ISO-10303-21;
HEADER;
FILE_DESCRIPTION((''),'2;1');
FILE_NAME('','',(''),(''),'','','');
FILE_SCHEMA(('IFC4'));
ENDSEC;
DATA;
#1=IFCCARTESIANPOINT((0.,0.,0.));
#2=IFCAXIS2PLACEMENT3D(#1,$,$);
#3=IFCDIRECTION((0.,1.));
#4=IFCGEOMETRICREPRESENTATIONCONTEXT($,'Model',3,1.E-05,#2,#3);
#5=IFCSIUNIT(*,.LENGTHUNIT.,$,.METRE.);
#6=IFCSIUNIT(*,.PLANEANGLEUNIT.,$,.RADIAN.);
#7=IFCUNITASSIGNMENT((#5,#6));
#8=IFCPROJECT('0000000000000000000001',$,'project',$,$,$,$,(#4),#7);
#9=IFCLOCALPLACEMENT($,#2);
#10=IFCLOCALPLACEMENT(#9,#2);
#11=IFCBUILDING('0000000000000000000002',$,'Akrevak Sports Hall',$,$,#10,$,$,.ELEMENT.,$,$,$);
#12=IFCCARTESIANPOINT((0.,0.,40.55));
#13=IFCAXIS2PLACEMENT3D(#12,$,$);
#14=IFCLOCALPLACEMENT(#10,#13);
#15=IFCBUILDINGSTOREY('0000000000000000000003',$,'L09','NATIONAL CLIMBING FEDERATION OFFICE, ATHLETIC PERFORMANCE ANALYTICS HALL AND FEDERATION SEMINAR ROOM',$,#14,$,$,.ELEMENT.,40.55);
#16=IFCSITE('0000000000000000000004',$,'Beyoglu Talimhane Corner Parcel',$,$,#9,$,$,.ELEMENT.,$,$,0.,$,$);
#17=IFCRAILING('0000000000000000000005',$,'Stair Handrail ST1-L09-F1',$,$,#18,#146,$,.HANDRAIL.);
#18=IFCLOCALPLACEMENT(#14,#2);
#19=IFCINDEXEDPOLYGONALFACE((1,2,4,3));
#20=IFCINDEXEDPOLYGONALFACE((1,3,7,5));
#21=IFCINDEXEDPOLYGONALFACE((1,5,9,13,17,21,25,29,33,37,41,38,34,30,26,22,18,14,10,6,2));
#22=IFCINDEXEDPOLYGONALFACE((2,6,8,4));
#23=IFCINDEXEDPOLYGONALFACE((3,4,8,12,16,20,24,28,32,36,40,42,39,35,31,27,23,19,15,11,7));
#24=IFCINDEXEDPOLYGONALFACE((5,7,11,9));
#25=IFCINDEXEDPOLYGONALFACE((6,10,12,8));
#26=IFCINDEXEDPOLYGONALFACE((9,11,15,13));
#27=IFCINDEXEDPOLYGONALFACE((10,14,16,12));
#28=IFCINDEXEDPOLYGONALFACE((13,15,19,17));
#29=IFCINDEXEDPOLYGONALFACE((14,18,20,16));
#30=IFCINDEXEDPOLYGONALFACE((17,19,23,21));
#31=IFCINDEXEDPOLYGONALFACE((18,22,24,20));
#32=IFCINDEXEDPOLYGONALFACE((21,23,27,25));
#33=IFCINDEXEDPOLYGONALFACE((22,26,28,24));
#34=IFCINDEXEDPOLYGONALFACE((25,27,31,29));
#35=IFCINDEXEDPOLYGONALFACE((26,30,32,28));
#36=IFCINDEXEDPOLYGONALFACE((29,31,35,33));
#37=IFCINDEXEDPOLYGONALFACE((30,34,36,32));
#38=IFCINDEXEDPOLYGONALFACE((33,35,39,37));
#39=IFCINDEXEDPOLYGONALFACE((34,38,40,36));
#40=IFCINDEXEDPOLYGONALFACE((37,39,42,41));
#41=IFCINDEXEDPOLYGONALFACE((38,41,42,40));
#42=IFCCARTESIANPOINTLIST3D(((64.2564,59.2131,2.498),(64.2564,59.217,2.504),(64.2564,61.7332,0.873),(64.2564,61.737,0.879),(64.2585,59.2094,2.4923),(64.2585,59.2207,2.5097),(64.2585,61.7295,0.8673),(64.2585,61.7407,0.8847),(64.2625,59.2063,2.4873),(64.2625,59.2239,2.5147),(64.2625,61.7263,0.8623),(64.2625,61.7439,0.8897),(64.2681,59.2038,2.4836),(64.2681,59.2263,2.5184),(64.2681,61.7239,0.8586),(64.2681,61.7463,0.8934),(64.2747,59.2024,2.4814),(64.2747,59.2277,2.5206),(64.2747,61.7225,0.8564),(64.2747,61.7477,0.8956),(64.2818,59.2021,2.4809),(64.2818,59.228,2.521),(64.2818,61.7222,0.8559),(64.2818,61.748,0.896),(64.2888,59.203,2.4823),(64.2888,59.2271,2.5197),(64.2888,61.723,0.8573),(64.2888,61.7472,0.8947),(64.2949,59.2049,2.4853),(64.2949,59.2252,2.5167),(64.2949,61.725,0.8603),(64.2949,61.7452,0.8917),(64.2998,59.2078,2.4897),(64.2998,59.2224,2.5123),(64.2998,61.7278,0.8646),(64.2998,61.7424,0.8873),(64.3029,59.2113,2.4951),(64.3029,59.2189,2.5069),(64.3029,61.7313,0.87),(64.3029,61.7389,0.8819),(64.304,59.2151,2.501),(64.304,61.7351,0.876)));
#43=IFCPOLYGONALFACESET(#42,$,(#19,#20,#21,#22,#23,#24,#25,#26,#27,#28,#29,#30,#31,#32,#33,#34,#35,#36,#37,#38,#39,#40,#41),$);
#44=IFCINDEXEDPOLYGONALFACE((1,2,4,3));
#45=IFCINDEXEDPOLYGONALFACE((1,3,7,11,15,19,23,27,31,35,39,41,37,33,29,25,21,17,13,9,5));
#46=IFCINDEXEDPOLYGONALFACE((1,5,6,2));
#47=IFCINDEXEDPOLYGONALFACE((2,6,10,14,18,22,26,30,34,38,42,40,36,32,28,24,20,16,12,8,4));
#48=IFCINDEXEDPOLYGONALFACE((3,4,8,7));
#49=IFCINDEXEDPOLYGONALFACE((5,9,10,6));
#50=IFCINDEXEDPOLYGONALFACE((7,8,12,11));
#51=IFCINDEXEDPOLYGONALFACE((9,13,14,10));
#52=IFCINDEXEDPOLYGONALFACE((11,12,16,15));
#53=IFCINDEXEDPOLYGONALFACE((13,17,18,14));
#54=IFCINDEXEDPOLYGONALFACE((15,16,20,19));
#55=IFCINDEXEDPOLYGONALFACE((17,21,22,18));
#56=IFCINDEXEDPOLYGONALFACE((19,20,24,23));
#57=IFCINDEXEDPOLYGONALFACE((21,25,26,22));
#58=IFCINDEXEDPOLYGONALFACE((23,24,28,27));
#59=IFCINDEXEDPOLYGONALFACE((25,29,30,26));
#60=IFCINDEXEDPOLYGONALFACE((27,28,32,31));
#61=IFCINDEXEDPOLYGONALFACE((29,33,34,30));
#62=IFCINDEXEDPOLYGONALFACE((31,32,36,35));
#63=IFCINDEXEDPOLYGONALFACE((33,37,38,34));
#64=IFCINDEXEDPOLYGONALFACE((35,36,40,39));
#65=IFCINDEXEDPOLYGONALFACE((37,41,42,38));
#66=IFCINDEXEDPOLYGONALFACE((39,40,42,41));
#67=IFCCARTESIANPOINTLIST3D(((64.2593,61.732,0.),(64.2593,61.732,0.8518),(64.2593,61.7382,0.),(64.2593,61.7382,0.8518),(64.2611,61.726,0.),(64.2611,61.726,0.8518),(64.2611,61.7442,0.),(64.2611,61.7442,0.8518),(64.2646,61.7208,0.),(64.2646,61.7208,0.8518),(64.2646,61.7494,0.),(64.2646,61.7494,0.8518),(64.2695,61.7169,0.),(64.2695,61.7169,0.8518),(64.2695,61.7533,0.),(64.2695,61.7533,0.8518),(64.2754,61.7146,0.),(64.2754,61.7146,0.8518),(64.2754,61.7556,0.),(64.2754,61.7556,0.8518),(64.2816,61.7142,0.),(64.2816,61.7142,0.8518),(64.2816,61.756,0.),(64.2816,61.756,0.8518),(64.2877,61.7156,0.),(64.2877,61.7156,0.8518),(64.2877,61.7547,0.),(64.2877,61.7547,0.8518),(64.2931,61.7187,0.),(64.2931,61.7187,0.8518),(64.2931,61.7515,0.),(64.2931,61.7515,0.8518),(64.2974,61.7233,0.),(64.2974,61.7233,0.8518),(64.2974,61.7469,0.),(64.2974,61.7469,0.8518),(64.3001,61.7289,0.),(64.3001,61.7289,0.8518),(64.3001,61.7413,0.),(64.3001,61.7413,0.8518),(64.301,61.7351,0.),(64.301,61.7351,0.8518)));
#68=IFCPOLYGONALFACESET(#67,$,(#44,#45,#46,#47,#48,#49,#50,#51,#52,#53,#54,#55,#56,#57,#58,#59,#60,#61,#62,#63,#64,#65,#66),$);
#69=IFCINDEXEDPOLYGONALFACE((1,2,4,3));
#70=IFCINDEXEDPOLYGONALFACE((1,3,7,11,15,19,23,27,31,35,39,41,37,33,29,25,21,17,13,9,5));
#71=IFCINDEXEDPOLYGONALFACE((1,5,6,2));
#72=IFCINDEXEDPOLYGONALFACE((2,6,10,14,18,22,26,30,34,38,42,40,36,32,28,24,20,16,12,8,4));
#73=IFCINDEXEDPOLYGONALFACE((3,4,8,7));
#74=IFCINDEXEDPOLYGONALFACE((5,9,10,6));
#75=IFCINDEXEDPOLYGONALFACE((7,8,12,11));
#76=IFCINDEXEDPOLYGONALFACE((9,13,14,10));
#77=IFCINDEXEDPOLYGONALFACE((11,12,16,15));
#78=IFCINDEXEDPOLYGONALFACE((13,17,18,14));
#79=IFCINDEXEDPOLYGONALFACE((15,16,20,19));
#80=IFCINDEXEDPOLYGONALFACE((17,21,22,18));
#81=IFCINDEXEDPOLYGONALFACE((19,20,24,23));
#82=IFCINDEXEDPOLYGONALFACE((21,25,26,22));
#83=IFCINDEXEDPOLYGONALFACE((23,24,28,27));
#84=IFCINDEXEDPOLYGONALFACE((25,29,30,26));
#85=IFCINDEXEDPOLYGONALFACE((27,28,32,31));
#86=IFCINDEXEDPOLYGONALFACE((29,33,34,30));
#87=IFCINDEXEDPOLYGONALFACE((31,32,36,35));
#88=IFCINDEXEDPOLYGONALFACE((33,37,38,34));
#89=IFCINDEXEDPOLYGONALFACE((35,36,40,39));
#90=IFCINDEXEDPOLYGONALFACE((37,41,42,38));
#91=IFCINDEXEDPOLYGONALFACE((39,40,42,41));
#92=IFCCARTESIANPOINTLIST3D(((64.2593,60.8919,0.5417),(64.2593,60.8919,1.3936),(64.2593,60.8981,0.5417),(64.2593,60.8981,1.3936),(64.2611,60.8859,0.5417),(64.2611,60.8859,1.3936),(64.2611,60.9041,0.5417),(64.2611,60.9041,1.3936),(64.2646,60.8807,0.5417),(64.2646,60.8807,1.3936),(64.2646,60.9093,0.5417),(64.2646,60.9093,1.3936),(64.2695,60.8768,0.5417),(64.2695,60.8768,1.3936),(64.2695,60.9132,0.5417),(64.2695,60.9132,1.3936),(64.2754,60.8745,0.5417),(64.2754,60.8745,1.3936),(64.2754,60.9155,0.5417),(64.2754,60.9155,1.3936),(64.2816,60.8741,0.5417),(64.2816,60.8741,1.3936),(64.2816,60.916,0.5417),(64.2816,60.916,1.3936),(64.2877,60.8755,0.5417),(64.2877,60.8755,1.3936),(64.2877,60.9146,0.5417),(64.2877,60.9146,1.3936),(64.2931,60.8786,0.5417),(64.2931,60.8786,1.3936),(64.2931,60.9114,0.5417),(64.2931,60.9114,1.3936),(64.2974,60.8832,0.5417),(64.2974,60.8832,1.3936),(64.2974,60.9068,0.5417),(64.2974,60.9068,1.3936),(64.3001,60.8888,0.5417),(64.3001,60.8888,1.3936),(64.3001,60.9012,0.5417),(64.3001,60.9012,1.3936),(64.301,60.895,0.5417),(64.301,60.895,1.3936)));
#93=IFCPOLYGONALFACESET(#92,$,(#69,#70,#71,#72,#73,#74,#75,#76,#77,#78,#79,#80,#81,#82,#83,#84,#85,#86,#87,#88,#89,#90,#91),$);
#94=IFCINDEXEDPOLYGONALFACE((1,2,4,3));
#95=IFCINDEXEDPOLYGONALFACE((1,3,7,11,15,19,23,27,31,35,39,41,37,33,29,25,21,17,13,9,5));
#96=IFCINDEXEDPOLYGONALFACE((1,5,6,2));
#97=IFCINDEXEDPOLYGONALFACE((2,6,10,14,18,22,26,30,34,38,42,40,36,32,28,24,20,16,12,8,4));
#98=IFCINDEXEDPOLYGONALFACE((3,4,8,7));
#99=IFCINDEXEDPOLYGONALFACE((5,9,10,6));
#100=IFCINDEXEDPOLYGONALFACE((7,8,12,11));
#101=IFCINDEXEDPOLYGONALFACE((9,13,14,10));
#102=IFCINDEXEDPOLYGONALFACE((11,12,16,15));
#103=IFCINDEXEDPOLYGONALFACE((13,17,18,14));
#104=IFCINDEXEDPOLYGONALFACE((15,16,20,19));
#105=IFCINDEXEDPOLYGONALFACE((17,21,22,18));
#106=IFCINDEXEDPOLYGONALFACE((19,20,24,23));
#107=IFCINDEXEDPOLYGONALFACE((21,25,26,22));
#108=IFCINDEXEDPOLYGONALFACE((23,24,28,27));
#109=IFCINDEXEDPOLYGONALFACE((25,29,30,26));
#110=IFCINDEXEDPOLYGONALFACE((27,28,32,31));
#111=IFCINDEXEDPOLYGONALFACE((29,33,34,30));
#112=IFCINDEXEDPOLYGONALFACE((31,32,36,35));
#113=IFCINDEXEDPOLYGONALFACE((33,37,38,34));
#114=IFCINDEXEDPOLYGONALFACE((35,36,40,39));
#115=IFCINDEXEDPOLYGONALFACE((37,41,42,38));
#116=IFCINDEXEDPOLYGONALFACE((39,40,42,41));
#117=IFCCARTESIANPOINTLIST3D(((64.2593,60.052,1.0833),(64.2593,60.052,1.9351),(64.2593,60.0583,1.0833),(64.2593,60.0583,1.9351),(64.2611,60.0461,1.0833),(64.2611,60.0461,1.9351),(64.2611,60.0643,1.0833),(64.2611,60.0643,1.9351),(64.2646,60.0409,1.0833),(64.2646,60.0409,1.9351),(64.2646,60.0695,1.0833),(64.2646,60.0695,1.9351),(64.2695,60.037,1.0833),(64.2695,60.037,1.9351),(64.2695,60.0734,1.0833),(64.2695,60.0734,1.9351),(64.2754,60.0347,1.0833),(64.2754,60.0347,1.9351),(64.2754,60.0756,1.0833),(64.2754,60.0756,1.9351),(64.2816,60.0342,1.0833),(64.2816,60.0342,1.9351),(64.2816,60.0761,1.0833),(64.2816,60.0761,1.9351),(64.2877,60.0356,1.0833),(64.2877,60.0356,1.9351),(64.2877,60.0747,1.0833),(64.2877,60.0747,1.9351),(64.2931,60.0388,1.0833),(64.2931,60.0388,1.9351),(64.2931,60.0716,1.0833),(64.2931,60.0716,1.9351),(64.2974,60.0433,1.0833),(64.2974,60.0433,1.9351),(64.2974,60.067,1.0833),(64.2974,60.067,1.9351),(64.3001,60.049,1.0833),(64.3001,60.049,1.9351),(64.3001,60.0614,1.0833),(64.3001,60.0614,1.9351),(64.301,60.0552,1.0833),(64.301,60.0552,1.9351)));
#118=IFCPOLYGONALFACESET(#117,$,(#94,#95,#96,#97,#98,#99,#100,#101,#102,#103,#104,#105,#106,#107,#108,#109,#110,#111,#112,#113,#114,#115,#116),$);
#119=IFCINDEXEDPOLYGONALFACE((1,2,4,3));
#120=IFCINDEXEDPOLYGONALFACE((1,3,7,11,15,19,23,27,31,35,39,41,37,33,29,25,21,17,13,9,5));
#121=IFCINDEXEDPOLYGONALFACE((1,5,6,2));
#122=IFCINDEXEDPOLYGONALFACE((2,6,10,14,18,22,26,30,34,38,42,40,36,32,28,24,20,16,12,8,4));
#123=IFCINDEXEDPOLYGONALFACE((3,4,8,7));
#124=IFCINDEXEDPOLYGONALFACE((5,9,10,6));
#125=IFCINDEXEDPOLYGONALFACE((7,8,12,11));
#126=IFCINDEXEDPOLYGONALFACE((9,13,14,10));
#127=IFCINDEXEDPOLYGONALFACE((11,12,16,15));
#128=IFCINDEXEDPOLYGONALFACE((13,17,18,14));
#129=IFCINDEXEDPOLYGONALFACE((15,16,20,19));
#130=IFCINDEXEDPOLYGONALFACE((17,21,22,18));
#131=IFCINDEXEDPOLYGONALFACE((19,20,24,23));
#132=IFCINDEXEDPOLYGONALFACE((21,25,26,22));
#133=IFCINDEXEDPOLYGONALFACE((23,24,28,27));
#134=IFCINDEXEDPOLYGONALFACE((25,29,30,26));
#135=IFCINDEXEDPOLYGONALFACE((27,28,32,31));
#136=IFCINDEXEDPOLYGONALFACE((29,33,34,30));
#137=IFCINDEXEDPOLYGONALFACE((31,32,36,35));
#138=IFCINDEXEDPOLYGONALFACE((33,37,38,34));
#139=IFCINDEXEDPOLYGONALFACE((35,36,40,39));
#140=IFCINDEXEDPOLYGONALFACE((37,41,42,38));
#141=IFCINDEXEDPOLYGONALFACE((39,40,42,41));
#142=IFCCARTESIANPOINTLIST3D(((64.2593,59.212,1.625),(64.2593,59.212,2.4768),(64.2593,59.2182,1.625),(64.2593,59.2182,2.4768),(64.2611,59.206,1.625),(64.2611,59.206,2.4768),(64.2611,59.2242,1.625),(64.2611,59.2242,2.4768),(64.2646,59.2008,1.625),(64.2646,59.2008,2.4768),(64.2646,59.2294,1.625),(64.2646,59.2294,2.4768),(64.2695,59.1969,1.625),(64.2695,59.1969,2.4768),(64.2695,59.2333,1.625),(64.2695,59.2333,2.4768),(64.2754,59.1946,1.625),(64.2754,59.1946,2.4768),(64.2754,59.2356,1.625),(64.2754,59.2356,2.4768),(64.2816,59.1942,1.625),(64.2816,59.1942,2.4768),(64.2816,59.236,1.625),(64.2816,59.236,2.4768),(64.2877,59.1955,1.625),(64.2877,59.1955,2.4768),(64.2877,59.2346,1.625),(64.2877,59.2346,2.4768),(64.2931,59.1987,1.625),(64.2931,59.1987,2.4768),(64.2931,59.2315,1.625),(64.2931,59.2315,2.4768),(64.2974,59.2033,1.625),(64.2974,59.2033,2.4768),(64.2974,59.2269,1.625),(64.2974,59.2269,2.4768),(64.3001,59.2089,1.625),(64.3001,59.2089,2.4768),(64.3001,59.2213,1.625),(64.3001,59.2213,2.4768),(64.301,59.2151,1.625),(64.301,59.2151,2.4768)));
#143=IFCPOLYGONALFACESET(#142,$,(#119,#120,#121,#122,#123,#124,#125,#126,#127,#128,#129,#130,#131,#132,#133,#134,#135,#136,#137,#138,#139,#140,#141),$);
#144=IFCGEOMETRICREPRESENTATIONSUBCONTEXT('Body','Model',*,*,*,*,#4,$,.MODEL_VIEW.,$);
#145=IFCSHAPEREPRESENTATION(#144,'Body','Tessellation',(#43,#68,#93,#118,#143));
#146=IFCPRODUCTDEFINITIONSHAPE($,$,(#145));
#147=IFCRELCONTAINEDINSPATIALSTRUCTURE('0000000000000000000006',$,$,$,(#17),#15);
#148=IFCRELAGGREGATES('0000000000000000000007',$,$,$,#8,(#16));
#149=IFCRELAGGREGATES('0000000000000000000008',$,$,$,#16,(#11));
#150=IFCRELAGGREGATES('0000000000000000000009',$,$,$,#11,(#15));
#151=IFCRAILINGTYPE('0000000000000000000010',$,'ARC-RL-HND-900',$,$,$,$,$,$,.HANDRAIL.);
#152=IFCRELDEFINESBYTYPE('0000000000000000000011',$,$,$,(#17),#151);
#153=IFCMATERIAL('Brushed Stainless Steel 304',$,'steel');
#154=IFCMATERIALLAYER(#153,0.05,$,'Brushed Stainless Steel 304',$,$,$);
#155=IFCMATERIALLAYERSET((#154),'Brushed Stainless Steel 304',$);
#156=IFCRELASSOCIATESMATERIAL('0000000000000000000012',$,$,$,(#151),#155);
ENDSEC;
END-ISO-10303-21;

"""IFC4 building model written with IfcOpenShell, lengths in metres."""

from ifc_helpers import new_model, si_unit, direction, frame, origin, origin_2d, place, context, subcontext, project, spatial, circle, extrude, material, layer, layer_set, type_object, element, save


model = new_model("IFC4")

# Units and contexts
model_context = context("Model", 3, precision=1e-05, world=origin(), true_north=direction((0.0, 1.0)))
body_context = subcontext(model_context, "Body", "Model", "MODEL_VIEW")
ifc_project = project(units=[si_unit("LENGTHUNIT", "METRE"), si_unit("PLANEANGLEUNIT", "RADIAN")], contexts=[model_context])

# Site, building, storey
site_placement = place(None, origin())
site = spatial("IfcSite", under=ifc_project, at=site_placement, Name="Beyoglu Talimhane Corner Parcel", CompositionType="ELEMENT", RefElevation=0.0)
building_placement = place(site_placement, origin())
building = spatial("IfcBuilding", under=site, at=building_placement, Name="Akrevak Sports Hall", CompositionType="ELEMENT")
storey_placement = place(building_placement, frame((0.0, 0.0, 40.55)))
storey = spatial("IfcBuildingStorey", under=building, at=storey_placement, Name="L09", Description="NATIONAL CLIMBING FEDERATION OFFICE, ATHLETIC PERFORMANCE ANALYTICS HALL AND FEDERATION SEMINAR ROOM", CompositionType="ELEMENT", Elevation=40.55)

# Shared definitions
ifc_material_1 = material(Name="Brushed Stainless Steel 304", Category="steel")

# Railing
ifc_layer_1 = layer(ifc_material_1, 0.05, Name="Brushed Stainless Steel 304")
ifc_layer_set_1 = layer_set([ifc_layer_1], Name="Brushed Stainless Steel 304")
railing_type_1 = type_object("IfcRailingType", Name="ARC-RL-HND-900", PredefinedType="HANDRAIL", material=ifc_layer_set_1)
railing_1_placement = place(storey_placement, frame((64.28, 61.7351, 0.0)))
element("IfcRailing", 1, at=railing_1_placement, inside=storey, type_object=railing_type_1, Name="Stair Handrail ST1-L09-F1", PredefinedType="HANDRAIL", context=body_context, shape_type="SweptSolid", body=[
    extrude(circle(Radius=0.0239, at=origin_2d()), frame((0.0, 0.0, 0.876), z_axis=(0.0, -0.840421, 0.541934), x_axis=(1.0, 0.0, 0.0)), (0.0, 0.0, 1.0), 2.9985),
    extrude(circle(Radius=0.021, at=origin_2d()), origin(), (0.0, 0.0, 1.0), 0.8518),
    extrude(circle(Radius=0.021, at=origin_2d()), frame((0.0, -0.8401, 0.5417)), (0.0, 0.0, 1.0), 0.8518),
    extrude(circle(Radius=0.021, at=origin_2d()), frame((0.0, -1.6799, 1.0833)), (0.0, 0.0, 1.0), 0.8518),
    extrude(circle(Radius=0.021, at=origin_2d()), frame((0.0, -2.52, 1.625)), (0.0, 0.0, 1.0), 0.8518),
])

save(model, "model.ifc")
